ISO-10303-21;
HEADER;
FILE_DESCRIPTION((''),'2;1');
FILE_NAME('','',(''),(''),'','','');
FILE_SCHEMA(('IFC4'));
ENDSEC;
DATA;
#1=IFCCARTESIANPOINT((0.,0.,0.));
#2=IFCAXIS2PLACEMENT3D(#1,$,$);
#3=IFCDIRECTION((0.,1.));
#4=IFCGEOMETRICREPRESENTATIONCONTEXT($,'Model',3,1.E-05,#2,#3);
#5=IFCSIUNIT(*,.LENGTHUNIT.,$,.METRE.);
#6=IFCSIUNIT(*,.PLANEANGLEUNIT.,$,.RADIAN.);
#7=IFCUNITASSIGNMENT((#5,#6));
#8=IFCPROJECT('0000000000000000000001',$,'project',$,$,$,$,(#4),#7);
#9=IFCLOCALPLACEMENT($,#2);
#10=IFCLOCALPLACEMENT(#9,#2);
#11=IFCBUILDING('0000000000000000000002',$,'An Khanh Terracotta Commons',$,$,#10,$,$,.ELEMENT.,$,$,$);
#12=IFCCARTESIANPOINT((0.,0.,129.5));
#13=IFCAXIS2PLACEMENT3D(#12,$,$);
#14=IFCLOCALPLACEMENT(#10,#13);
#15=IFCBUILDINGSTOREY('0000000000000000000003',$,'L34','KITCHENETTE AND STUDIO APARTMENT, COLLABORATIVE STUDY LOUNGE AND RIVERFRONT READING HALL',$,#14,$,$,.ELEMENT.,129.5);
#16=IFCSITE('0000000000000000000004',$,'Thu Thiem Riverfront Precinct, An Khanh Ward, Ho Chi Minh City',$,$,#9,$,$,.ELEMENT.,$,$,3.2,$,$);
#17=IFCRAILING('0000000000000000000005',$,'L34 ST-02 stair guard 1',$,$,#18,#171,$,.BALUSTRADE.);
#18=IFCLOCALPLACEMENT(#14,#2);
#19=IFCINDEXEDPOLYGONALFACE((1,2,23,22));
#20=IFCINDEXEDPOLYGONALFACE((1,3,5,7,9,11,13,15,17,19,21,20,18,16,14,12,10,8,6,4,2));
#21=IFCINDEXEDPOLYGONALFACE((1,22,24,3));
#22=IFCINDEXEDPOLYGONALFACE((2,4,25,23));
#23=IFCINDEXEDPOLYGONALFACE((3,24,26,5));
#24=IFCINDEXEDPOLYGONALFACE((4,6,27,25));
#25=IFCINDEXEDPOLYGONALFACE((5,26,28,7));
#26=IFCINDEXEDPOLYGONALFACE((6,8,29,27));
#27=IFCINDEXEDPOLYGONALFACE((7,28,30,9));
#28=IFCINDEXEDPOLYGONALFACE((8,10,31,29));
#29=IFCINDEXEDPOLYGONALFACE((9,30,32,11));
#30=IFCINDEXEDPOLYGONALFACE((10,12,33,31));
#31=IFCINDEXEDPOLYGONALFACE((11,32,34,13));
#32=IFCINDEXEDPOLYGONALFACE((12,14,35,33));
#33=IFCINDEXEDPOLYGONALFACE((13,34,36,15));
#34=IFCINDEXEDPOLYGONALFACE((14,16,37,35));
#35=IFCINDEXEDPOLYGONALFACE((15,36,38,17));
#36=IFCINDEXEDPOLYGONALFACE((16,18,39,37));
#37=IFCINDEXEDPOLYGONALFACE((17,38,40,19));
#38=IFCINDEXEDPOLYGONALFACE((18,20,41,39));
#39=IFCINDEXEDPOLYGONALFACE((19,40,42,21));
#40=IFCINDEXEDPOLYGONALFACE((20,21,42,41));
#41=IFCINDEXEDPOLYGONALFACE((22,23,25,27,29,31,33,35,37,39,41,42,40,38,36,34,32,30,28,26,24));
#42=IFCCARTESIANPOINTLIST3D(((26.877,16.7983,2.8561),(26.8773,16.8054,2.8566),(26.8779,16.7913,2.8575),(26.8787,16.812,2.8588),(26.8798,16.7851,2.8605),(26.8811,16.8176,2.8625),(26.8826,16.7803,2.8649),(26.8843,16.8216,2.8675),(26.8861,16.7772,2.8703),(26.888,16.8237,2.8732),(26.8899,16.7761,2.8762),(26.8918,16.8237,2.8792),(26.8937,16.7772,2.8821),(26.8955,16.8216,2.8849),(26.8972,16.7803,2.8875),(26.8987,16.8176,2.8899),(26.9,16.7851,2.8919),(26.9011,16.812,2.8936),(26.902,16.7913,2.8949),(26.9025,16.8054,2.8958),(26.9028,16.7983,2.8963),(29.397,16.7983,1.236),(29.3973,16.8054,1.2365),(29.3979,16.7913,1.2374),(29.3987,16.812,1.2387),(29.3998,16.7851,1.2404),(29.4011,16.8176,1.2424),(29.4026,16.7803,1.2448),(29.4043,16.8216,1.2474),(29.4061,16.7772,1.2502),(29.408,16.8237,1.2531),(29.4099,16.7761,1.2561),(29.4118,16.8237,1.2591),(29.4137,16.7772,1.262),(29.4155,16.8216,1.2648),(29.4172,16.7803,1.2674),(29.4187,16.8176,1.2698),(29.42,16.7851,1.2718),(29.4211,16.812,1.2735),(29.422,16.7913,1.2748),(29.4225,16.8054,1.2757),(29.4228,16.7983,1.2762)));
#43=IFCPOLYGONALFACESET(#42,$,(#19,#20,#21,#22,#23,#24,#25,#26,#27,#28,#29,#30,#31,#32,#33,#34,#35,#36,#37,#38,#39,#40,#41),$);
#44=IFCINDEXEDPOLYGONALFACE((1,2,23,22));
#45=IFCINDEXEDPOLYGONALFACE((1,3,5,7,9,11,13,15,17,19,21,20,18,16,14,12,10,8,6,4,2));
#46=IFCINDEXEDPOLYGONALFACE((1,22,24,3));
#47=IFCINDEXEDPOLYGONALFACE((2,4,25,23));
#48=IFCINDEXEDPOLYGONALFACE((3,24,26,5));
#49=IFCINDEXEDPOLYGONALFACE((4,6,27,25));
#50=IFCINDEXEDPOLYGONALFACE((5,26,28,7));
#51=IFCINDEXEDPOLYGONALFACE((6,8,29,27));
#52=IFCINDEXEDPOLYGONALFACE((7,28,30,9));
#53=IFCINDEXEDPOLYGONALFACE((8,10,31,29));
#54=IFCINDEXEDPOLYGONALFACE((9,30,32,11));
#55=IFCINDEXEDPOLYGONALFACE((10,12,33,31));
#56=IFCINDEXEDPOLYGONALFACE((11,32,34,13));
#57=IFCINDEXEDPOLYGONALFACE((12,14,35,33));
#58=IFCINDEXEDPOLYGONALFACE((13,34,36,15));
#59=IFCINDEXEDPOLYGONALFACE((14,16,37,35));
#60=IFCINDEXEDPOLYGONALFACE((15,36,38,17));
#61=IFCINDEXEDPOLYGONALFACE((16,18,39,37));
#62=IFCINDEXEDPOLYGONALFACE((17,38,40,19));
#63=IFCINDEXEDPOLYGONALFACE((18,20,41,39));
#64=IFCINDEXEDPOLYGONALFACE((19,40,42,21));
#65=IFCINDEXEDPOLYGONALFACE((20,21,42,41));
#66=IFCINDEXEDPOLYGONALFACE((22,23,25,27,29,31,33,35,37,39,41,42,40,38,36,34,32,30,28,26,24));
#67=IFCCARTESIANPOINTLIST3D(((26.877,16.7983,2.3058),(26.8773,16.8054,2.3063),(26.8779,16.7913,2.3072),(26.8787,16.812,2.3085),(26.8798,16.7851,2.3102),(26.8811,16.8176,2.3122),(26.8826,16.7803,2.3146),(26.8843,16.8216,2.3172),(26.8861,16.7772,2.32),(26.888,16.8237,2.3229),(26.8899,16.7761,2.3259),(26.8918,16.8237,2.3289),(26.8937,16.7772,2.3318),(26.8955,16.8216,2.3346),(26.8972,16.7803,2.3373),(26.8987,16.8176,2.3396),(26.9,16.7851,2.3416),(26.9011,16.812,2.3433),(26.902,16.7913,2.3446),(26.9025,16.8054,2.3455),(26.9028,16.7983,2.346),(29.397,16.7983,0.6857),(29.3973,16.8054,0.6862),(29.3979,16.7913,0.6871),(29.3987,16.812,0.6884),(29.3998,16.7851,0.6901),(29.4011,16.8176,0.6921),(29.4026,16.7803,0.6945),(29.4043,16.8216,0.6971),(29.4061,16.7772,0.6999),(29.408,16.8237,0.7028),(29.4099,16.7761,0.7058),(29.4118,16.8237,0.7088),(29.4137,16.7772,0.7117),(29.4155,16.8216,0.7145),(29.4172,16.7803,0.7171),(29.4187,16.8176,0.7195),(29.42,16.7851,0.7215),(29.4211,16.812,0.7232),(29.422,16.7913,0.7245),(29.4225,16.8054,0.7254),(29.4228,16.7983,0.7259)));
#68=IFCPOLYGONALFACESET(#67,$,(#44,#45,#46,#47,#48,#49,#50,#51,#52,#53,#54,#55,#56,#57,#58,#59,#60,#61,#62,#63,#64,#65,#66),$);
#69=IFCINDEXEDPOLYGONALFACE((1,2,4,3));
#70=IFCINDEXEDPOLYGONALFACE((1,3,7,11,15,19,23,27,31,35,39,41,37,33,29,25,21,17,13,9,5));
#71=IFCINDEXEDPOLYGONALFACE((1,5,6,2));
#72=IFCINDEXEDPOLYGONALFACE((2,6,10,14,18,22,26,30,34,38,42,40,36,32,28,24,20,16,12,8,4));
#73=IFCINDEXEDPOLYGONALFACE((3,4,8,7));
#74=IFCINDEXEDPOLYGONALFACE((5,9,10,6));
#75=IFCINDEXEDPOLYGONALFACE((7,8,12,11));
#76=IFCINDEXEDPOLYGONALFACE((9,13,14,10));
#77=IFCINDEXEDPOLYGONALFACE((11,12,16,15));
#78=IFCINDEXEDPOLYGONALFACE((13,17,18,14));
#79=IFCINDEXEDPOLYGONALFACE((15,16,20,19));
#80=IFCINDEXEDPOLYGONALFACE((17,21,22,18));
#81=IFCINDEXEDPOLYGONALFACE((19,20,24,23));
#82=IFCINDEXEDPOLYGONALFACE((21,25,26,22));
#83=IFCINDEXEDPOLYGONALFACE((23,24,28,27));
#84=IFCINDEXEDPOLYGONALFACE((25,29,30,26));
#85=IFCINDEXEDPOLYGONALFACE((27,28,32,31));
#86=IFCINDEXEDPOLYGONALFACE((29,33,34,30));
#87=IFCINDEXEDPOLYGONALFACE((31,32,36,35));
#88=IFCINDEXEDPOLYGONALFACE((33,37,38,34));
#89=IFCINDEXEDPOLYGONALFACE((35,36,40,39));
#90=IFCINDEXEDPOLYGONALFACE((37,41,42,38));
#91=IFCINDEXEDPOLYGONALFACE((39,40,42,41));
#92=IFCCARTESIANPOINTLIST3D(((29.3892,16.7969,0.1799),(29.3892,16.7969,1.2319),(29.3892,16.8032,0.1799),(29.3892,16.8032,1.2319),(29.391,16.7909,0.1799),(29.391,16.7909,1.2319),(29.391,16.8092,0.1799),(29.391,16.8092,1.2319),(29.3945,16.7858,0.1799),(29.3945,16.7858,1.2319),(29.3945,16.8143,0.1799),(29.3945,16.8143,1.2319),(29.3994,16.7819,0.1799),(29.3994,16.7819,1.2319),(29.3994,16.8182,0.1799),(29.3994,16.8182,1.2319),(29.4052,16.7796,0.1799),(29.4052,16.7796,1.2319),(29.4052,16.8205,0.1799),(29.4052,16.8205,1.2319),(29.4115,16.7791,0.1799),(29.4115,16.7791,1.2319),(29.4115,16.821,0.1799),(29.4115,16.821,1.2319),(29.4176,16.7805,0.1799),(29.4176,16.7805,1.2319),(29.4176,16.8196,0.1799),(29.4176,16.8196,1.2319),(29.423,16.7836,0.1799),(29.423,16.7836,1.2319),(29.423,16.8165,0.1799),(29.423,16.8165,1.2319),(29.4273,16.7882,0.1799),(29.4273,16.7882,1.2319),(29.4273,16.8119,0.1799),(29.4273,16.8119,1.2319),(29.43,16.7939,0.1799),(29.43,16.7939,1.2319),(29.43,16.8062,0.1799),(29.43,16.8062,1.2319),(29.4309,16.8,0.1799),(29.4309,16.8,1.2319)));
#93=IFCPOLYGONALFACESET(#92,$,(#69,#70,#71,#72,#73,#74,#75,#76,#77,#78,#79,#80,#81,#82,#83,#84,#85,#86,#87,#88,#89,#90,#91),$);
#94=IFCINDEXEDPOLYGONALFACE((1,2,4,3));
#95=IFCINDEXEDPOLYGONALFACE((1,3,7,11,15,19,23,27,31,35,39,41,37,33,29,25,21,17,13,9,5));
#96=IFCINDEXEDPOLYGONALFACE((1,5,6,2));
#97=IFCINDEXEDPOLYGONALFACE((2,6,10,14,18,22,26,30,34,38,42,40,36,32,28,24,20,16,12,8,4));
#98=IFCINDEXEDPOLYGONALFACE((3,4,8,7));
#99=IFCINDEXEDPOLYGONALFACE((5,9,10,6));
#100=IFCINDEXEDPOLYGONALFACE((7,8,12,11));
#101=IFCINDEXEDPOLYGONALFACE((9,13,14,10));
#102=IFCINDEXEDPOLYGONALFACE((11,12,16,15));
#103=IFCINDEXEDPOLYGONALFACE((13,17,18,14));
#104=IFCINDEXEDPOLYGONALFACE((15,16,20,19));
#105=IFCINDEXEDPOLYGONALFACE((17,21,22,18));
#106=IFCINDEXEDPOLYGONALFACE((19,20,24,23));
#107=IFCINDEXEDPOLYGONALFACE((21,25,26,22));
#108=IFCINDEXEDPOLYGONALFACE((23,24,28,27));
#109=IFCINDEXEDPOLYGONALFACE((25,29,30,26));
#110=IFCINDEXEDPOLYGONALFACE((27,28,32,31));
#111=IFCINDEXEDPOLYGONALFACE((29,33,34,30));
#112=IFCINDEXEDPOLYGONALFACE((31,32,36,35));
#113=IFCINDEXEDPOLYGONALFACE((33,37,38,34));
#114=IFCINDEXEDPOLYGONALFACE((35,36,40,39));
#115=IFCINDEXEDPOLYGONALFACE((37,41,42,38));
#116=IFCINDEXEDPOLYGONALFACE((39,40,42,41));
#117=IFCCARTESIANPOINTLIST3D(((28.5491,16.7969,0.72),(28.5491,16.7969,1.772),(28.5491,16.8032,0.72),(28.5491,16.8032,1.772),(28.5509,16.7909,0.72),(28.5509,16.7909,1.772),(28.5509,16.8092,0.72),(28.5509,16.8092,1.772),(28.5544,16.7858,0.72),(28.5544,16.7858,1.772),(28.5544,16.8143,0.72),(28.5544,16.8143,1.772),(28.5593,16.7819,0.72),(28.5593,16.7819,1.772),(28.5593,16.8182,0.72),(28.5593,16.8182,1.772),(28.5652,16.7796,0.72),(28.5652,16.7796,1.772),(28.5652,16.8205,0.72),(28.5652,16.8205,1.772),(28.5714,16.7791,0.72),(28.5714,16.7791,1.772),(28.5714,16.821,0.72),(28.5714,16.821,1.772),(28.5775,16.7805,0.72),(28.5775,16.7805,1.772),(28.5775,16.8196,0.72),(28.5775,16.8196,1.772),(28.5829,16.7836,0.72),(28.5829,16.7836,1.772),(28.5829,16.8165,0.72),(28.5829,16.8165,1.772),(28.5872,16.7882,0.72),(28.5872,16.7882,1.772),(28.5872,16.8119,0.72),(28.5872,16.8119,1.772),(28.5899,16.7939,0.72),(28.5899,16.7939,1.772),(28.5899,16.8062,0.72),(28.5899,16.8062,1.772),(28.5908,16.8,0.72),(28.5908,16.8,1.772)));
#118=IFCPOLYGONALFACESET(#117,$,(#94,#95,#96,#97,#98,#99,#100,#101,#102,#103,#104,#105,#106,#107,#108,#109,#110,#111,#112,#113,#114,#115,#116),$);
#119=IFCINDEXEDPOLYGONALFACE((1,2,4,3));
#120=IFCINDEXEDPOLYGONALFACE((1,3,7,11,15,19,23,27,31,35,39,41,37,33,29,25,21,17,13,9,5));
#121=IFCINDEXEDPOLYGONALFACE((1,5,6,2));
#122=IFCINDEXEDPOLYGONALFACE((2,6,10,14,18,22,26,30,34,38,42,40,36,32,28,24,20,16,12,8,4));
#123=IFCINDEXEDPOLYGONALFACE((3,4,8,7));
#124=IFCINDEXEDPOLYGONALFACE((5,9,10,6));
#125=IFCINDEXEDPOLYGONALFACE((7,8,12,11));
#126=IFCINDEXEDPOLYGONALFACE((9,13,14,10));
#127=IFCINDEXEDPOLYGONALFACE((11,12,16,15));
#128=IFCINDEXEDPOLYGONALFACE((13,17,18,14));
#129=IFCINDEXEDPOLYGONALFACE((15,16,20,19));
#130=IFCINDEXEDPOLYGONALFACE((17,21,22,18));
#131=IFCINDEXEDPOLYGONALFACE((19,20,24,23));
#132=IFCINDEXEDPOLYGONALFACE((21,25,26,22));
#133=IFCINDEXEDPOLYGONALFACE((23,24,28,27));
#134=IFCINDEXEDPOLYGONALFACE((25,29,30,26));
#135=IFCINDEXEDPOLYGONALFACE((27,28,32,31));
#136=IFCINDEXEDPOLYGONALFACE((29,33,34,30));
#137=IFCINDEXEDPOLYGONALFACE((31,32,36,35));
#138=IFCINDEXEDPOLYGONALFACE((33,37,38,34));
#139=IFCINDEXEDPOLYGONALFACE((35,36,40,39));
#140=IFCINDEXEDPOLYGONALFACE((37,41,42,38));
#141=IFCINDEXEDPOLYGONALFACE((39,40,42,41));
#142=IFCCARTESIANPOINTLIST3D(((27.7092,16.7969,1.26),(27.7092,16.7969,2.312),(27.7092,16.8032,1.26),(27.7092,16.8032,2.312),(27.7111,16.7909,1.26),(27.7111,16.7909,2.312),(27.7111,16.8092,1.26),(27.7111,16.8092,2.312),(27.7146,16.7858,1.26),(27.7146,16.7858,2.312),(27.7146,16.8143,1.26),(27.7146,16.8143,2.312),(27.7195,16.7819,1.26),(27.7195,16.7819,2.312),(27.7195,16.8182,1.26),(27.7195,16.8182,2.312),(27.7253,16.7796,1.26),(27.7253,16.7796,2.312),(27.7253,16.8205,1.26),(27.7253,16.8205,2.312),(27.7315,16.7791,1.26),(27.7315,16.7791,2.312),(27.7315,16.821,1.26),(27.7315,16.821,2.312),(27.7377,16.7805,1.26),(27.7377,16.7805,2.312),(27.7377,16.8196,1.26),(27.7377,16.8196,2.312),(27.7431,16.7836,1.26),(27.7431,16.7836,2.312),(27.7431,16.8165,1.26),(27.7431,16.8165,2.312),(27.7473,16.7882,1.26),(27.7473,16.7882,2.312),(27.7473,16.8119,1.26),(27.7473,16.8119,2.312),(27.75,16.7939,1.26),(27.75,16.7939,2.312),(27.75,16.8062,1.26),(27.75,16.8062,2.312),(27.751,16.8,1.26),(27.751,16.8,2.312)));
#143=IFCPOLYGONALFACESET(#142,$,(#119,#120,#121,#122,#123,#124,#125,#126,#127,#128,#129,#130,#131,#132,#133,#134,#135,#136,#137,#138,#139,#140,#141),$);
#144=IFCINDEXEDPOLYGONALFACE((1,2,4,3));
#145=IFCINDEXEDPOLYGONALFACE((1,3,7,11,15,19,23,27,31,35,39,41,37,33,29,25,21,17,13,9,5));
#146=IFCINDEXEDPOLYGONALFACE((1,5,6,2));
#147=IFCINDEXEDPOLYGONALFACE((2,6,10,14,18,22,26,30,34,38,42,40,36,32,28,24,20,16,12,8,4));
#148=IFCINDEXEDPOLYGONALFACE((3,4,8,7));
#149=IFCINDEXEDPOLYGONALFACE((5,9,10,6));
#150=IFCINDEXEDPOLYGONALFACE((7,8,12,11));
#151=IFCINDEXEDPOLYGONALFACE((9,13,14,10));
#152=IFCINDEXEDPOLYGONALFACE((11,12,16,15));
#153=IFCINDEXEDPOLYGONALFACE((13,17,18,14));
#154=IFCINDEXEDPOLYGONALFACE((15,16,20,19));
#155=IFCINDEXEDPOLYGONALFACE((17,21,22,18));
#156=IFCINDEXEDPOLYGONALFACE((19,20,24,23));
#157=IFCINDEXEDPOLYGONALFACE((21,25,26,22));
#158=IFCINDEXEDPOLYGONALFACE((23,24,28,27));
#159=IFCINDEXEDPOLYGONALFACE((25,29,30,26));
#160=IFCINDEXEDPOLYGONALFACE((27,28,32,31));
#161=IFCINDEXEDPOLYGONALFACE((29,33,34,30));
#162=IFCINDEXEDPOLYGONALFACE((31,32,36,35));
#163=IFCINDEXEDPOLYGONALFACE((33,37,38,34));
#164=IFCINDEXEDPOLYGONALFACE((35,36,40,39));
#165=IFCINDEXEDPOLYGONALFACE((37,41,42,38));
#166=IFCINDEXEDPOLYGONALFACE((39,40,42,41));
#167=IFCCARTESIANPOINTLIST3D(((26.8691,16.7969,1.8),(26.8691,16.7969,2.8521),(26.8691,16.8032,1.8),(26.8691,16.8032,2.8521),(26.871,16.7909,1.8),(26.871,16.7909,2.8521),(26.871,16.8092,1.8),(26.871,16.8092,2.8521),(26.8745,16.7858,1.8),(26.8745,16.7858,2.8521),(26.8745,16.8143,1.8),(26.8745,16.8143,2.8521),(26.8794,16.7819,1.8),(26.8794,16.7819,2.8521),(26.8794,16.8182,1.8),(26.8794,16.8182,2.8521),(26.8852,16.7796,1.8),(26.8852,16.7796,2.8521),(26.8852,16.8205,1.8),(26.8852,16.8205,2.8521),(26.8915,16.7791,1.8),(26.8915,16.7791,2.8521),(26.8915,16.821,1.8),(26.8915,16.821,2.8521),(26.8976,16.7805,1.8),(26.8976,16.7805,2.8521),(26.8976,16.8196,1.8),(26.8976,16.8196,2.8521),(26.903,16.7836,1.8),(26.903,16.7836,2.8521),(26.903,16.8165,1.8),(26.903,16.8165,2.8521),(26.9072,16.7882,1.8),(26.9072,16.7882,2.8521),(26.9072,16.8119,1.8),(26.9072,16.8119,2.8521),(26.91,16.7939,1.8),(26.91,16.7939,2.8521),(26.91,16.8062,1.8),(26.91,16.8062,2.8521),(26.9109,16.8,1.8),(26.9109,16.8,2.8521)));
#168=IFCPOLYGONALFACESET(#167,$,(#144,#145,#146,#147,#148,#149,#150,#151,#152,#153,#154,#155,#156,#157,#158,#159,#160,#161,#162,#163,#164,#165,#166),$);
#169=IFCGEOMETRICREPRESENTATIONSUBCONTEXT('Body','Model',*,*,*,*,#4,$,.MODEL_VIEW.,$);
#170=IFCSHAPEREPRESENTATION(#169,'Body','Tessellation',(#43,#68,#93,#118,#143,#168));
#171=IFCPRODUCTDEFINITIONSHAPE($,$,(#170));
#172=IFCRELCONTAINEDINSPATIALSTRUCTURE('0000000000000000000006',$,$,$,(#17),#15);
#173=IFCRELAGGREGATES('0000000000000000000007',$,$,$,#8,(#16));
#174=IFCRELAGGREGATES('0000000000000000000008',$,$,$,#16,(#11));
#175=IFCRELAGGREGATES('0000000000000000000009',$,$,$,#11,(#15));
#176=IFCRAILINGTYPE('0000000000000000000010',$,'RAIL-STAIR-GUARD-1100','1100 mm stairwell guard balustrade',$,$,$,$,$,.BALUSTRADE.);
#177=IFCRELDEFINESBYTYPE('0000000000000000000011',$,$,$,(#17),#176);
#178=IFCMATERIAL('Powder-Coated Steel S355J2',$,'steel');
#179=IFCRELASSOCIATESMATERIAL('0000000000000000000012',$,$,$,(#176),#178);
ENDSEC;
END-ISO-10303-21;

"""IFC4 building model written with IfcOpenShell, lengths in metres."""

from ifc_helpers import new_model, si_unit, direction, frame, origin, origin_2d, place, context, subcontext, project, spatial, circle, extrude, material, type_object, element, save


model = new_model("IFC4")

# Units and contexts
model_context = context("Model", 3, precision=1e-05, world=origin(), true_north=direction((0.0, 1.0)))
body_context = subcontext(model_context, "Body", "Model", "MODEL_VIEW")
ifc_project = project(units=[si_unit("LENGTHUNIT", "METRE"), si_unit("PLANEANGLEUNIT", "RADIAN")], contexts=[model_context])

# Site, building, storey
site_placement = place(None, origin())
site = spatial("IfcSite", under=ifc_project, at=site_placement, Name="Thu Thiem Riverfront Precinct, An Khanh Ward, Ho Chi Minh City", CompositionType="ELEMENT", RefElevation=3.2)
building_placement = place(site_placement, origin())
building = spatial("IfcBuilding", under=site, at=building_placement, Name="An Khanh Terracotta Commons", CompositionType="ELEMENT")
storey_placement = place(building_placement, frame((0.0, 0.0, 129.5)))
storey = spatial("IfcBuildingStorey", under=building, at=storey_placement, Name="L34", Description="KITCHENETTE AND STUDIO APARTMENT, COLLABORATIVE STUDY LOUNGE AND RIVERFRONT READING HALL", CompositionType="ELEMENT", Elevation=129.5)

# Railing
ifc_material_1 = material(Name="Powder-Coated Steel S355J2", Category="steel")
railing_type_1 = type_object("IfcRailingType", Name="RAIL-STAIR-GUARD-1100", Description="1100 mm stairwell guard balustrade", PredefinedType="BALUSTRADE", material=ifc_material_1)
railing_1_placement = place(storey_placement, frame((29.4099, 16.8, 0.1799)))
element("IfcRailing", 1, at=railing_1_placement, inside=storey, type_object=railing_type_1, Name="L34 ST-02 stair guard 1", PredefinedType="BALUSTRADE", context=body_context, shape_type="SweptSolid", body=[
    extrude(circle(Radius=0.0239, at=origin_2d()), frame((0.0, 0.0, 1.0762), z_axis=(-0.841163, 0.0, 0.540782), x_axis=(0.0, -1.0, 0.0)), (0.0, 0.0, 1.0), 2.9958),
    extrude(circle(Radius=0.0239, at=origin_2d()), frame((0.0, 0.0, 0.5259), z_axis=(-0.841163, 0.0, 0.540782), x_axis=(0.0, -1.0, 0.0)), (0.0, 0.0, 1.0), 2.9958),
    extrude(circle(Radius=0.021, at=origin_2d()), origin(), (0.0, 0.0, 1.0), 1.052),
    extrude(circle(Radius=0.021, at=origin_2d()), frame((-0.8401, 0.0, 0.54)), (0.0, 0.0, 1.0), 1.052),
    extrude(circle(Radius=0.021, at=origin_2d()), frame((-1.6799, 0.0, 1.0801)), (0.0, 0.0, 1.0), 1.052),
    extrude(circle(Radius=0.021, at=origin_2d()), frame((-2.52, 0.0, 1.6201)), (0.0, 0.0, 1.0), 1.052),
])

save(model, "model.ifc")
